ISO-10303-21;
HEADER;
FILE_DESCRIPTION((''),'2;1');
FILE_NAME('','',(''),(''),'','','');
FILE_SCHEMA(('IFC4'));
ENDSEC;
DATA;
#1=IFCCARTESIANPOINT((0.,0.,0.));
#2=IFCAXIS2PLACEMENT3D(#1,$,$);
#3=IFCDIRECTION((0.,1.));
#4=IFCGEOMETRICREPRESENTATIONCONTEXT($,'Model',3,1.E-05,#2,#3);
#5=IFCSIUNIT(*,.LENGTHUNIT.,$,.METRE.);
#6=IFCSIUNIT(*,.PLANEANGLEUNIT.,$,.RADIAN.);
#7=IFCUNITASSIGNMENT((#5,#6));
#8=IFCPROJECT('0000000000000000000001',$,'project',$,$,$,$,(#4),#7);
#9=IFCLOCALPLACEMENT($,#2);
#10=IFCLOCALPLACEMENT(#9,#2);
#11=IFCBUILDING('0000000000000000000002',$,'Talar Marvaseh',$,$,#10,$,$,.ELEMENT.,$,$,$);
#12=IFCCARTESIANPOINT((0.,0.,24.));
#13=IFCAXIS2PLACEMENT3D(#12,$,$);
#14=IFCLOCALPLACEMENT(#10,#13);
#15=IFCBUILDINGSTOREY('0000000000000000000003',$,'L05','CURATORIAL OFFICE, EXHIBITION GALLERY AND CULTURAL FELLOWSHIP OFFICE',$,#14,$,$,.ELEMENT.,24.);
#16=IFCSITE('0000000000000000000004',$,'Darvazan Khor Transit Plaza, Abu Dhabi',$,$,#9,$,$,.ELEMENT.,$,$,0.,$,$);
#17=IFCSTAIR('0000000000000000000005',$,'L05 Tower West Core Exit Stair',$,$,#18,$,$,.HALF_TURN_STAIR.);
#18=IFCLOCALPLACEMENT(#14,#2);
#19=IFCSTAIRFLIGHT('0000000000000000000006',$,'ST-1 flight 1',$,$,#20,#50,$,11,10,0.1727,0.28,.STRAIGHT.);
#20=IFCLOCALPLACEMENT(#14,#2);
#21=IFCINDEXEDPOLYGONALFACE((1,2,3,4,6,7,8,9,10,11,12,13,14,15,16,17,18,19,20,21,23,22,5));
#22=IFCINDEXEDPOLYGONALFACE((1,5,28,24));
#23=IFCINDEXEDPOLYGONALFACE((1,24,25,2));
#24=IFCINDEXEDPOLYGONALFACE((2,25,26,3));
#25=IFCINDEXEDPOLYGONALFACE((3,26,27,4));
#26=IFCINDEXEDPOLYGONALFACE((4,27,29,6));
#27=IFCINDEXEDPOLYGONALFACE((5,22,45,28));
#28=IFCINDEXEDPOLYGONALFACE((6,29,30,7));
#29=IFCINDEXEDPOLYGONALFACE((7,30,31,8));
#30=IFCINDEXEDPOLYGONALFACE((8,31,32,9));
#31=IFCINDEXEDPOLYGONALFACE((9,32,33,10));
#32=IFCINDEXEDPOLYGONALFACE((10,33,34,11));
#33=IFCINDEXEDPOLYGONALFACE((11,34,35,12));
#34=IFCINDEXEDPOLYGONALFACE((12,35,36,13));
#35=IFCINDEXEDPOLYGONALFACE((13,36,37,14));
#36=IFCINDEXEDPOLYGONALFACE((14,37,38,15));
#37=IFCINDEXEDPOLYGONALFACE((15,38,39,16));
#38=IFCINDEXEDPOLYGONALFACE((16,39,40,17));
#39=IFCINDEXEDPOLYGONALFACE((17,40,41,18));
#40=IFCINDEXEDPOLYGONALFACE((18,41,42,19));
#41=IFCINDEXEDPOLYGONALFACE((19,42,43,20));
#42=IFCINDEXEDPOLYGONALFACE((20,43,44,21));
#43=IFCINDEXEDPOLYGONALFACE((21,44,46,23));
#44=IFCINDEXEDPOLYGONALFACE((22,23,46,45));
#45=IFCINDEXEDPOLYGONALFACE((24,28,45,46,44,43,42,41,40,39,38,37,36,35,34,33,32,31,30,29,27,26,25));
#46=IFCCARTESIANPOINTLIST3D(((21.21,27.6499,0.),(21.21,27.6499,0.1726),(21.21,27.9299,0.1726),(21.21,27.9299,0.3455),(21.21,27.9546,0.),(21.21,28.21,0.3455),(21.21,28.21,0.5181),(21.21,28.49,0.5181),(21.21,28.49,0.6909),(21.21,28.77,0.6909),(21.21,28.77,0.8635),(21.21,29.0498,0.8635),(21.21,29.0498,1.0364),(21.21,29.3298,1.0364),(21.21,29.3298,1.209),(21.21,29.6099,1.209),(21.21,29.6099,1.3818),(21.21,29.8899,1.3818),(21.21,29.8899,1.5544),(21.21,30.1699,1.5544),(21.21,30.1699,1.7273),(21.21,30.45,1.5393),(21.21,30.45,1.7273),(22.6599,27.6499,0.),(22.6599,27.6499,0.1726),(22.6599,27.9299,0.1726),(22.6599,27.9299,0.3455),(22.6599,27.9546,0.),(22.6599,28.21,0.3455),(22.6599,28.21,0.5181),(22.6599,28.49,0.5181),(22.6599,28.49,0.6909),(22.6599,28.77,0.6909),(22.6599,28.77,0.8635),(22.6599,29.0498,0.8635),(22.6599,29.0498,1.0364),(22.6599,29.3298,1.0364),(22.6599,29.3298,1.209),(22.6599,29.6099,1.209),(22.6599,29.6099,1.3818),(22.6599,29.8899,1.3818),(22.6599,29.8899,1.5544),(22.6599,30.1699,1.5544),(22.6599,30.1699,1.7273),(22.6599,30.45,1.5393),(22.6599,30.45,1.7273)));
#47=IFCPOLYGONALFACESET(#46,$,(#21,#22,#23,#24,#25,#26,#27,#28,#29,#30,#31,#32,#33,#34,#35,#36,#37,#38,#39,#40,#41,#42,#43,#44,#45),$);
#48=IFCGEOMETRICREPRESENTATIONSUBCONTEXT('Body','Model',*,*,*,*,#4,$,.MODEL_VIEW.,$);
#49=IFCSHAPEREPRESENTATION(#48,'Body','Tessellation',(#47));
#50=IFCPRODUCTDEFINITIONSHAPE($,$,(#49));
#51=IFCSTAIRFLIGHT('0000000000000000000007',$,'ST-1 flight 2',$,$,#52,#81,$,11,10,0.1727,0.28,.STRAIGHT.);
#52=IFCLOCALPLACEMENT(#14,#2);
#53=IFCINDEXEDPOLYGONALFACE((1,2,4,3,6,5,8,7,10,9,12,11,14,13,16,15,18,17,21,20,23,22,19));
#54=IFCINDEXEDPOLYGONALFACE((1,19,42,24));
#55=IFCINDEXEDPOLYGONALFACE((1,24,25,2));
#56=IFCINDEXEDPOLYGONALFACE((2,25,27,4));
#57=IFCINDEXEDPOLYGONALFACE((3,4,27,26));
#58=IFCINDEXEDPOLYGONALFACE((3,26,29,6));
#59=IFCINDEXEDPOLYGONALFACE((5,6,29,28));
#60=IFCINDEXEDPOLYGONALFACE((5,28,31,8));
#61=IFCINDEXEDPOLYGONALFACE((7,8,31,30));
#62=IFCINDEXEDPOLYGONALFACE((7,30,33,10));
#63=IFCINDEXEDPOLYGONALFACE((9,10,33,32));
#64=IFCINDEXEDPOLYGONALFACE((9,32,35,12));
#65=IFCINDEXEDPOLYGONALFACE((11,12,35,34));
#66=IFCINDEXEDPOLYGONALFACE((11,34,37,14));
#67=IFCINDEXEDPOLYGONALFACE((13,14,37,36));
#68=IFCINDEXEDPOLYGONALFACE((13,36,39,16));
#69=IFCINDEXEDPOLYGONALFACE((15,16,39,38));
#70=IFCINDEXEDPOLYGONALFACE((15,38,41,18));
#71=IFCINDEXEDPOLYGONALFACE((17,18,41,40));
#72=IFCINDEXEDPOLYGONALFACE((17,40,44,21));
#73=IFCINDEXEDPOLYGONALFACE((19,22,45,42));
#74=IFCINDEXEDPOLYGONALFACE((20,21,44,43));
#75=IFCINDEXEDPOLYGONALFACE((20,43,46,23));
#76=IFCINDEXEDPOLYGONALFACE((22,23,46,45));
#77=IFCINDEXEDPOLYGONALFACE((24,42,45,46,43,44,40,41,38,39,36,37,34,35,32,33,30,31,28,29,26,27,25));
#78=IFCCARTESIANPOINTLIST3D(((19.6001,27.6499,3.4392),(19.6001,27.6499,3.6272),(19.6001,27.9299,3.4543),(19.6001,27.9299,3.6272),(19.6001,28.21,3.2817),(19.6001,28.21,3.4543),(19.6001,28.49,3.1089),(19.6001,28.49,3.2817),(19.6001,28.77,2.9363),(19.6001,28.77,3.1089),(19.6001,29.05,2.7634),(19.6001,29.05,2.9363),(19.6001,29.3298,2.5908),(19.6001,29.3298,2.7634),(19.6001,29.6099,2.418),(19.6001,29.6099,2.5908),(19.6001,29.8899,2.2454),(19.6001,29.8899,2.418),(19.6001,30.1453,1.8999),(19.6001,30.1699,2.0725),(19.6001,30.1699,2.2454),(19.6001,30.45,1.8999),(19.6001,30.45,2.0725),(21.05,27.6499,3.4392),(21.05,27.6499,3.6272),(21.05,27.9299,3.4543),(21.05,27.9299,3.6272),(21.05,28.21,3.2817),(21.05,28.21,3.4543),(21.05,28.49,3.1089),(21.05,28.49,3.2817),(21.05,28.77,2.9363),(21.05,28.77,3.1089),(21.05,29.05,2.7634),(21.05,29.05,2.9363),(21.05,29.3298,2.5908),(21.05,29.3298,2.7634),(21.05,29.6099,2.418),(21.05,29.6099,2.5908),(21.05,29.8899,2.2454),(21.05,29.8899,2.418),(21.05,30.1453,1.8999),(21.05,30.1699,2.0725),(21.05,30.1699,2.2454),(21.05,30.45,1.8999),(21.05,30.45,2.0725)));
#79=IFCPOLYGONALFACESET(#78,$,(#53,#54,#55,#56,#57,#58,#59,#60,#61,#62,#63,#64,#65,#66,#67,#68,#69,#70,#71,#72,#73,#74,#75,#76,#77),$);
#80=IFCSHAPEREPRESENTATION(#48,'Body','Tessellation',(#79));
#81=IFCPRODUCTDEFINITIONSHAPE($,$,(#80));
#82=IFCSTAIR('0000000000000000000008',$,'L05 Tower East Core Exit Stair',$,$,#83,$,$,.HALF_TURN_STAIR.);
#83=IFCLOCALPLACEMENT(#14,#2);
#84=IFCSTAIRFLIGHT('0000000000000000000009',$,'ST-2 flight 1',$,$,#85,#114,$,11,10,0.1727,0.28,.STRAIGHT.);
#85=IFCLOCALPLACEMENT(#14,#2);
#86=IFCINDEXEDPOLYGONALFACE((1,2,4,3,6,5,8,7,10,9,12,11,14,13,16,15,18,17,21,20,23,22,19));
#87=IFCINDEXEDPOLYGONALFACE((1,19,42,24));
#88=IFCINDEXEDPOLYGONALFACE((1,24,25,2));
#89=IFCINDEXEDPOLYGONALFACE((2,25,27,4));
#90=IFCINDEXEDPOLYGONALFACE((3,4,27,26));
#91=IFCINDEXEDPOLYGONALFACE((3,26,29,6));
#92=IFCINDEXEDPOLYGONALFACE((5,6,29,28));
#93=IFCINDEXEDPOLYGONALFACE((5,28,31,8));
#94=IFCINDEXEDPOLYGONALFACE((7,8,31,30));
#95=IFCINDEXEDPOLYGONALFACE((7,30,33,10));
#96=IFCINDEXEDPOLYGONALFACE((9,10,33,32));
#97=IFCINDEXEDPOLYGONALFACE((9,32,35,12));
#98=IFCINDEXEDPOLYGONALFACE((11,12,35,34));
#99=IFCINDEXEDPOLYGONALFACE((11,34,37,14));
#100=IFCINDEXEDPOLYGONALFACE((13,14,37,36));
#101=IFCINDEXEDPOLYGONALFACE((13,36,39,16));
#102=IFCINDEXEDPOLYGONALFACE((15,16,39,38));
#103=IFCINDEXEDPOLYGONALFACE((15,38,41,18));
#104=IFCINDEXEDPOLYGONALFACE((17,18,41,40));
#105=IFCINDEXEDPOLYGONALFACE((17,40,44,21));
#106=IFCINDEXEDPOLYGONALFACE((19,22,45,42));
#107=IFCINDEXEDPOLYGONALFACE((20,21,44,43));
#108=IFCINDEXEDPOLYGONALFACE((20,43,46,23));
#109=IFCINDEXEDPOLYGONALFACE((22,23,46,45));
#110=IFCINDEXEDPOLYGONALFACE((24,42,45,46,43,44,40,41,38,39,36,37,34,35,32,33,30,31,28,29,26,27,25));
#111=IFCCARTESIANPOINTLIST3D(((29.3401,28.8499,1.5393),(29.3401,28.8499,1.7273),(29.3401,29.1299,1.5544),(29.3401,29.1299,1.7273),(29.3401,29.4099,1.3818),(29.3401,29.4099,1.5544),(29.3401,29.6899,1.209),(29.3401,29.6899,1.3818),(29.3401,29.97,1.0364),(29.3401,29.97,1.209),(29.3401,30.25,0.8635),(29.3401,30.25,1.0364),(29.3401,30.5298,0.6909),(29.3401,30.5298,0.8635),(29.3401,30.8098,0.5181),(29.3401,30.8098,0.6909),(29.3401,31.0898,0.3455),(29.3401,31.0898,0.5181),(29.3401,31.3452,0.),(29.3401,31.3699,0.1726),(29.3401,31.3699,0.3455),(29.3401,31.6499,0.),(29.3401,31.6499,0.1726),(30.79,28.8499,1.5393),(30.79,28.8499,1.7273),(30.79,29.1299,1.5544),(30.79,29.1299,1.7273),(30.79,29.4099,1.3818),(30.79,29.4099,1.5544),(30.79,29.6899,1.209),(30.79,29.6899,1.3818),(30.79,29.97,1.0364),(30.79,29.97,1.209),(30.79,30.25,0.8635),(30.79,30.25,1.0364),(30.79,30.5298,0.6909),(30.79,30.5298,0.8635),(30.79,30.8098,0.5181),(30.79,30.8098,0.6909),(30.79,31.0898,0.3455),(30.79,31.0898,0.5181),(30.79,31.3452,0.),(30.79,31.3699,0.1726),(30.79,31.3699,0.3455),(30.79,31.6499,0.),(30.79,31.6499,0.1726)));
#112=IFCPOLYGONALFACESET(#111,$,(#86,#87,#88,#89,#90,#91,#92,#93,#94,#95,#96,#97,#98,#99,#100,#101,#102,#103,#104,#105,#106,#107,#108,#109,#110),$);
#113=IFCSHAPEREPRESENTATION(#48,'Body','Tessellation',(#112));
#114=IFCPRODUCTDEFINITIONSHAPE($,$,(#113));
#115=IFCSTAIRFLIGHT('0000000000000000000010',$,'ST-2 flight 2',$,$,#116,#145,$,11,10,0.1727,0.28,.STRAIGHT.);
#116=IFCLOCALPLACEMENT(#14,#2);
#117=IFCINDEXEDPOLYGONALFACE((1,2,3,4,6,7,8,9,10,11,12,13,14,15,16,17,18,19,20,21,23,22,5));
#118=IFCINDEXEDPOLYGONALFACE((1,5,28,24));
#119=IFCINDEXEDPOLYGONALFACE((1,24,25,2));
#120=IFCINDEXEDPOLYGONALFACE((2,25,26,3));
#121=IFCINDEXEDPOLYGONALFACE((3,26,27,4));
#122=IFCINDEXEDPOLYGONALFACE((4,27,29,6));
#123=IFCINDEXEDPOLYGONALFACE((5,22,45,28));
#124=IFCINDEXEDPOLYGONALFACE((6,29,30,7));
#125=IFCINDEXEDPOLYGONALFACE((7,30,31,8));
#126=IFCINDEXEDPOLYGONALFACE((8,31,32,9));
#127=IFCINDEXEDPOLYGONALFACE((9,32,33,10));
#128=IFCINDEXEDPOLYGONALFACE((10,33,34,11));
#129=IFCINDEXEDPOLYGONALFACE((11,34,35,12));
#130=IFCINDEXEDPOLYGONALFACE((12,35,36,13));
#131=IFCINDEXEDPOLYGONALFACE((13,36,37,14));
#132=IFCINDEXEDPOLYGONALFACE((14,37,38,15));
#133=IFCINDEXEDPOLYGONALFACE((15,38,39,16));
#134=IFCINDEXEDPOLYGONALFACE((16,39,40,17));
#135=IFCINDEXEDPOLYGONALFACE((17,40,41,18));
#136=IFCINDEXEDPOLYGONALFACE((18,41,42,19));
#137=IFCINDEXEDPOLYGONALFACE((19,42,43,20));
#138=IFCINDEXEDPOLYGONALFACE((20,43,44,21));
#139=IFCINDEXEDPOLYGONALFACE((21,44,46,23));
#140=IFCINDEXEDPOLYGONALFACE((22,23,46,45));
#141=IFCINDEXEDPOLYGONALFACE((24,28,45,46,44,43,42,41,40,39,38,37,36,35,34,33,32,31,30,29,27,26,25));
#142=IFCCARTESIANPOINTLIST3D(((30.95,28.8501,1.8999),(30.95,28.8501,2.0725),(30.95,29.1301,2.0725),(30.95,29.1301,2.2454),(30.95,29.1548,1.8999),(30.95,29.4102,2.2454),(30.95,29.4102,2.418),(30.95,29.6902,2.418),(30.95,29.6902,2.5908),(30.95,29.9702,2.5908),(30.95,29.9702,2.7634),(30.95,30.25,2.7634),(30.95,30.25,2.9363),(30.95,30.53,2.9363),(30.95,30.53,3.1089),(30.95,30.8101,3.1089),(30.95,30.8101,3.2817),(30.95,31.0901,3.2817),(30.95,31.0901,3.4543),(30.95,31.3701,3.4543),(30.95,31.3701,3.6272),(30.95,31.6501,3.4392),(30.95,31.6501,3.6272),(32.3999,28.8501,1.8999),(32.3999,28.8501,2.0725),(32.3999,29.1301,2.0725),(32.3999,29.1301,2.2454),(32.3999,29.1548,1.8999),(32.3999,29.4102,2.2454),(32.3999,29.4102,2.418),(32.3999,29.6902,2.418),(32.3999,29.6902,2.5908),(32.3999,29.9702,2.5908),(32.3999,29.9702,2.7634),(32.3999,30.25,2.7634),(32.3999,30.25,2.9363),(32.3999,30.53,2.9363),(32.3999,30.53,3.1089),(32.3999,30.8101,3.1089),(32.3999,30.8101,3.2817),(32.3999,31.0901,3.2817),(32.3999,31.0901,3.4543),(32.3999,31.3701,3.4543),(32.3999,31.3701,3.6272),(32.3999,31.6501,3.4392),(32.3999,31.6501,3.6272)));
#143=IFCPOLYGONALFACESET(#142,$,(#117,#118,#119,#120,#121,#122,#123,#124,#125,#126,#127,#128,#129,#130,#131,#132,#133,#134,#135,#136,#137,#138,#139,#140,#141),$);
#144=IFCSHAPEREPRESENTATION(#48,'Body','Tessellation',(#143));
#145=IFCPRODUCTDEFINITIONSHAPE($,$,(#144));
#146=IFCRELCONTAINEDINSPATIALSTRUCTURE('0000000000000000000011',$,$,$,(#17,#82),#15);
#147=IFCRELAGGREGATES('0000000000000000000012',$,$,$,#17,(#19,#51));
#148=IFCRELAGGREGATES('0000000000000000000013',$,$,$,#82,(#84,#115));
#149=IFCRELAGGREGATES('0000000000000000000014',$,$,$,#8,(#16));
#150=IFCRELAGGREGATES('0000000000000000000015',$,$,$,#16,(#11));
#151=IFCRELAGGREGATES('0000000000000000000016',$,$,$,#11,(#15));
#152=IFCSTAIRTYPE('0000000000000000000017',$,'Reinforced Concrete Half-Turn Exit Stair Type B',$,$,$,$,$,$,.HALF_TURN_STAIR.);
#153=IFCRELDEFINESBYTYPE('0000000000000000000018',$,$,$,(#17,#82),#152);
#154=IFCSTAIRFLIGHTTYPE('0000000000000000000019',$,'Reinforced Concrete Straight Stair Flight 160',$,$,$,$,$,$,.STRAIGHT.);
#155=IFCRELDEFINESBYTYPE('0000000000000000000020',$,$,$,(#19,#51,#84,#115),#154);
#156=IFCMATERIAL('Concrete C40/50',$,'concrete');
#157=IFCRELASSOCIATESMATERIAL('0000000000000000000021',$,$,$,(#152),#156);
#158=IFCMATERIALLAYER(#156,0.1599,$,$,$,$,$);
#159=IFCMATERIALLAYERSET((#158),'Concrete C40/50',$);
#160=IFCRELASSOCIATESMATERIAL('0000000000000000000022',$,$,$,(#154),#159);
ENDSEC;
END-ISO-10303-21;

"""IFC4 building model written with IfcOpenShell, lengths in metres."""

from ifc_helpers import new_model, si_unit, direction, frame, origin, place, context, subcontext, project, spatial, polyline, outline, extrude, material, layer, layer_set, type_object, element, aggregate, save


model = new_model("IFC4")

# Units and contexts
model_context = context("Model", 3, precision=1e-05, world=origin(), true_north=direction((0.0, 1.0)))
body_context = subcontext(model_context, "Body", "Model", "MODEL_VIEW")
ifc_project = project(units=[si_unit("LENGTHUNIT", "METRE"), si_unit("PLANEANGLEUNIT", "RADIAN")], contexts=[model_context])

# Site, building, storey
site_placement = place(None, origin())
site = spatial("IfcSite", under=ifc_project, at=site_placement, Name="Darvazan Khor Transit Plaza, Abu Dhabi", CompositionType="ELEMENT", RefElevation=0.0)
building_placement = place(site_placement, origin())
building = spatial("IfcBuilding", under=site, at=building_placement, Name="Talar Marvaseh", CompositionType="ELEMENT")
storey_placement = place(building_placement, frame((0.0, 0.0, 24.0)))
storey = spatial("IfcBuildingStorey", under=building, at=storey_placement, Name="L05", Description="CURATORIAL OFFICE, EXHIBITION GALLERY AND CULTURAL FELLOWSHIP OFFICE", CompositionType="ELEMENT", Elevation=24.0)

# Shared definitions
ifc_material_1 = material(Name="Concrete C40/50", Category="concrete")

# Stairs, stair flights
stair_type = type_object("IfcStairType", Name="Reinforced Concrete Half-Turn Exit Stair Type B", PredefinedType="HALF_TURN_STAIR", material=ifc_material_1)
stair_1_placement = place(storey_placement, origin())
stair_1 = element("IfcStair", 1, at=stair_1_placement, inside=storey, type_object=stair_type, Name="L05 Tower West Core Exit Stair", PredefinedType="HALF_TURN_STAIR")
ifc_layer_1 = layer(ifc_material_1, 0.1599)
ifc_layer_set_1 = layer_set([ifc_layer_1], Name="Concrete C40/50")
stair_flight_type = type_object("IfcStairFlightType", Name="Reinforced Concrete Straight Stair Flight 160", PredefinedType="STRAIGHT", material=ifc_layer_set_1)
stair_flight_1_placement = place(storey_placement, frame((21.9351, 27.6499, 0.0), z_axis=(0.0, 0.0, 1.0), x_axis=(0.0, 1.0, 0.0)))
stair_flight_1 = element("IfcStairFlight", 2, at=stair_flight_1_placement, type_object=stair_flight_type, Name="ST-1 flight 1", NumberOfRisers=11, NumberOfTreads=10, PredefinedType="STRAIGHT", RiserHeight=0.1727, TreadLength=0.28, context=body_context, shape_type="SweptSolid", body=[
    extrude(outline(polyline([(0.0, 0.0), (0.0, 0.1726), (0.28, 0.1726), (0.28, 0.3455), (0.5601, 0.3455), (0.5601, 0.5181), (0.8401, 0.5181), (0.8401, 0.6909), (1.1201, 0.6909), (1.1201, 0.8635), (1.3999, 0.8635), (1.3999, 1.0364), (1.6799, 1.0364), (1.6799, 1.209), (1.96, 1.209), (1.96, 1.3818), (2.24, 1.3818), (2.24, 1.5544), (2.52, 1.5544), (2.52, 1.7273), (2.8, 1.7273), (2.8, 1.8999), (2.8, 1.5393), (0.3047, 0.0), (0.0, 0.0)])), frame((0.0, 0.7251, 0.0), z_axis=(0.0, -1.0, 0.0), x_axis=(1.0, 0.0, 0.0)), (0.0, 0.0, 1.0), 1.45),
])
stair_flight_2_placement = place(storey_placement, frame((20.325, 30.45, 1.8999), z_axis=(0.0, 0.0, 1.0), x_axis=(0.0, -1.0, 0.0)))
stair_flight_2 = element("IfcStairFlight", 3, at=stair_flight_2_placement, type_object=stair_flight_type, Name="ST-1 flight 2", NumberOfRisers=11, NumberOfTreads=10, PredefinedType="STRAIGHT", RiserHeight=0.1727, TreadLength=0.28, context=body_context, shape_type="SweptSolid", body=[
    extrude(outline(polyline([(0.0, 0.0), (0.0, 0.1726), (0.28, 0.1726), (0.28, 0.3455), (0.5601, 0.3455), (0.5601, 0.5181), (0.8401, 0.5181), (0.8401, 0.6909), (1.1201, 0.6909), (1.1201, 0.8635), (1.3999, 0.8635), (1.3999, 1.0364), (1.6799, 1.0364), (1.6799, 1.209), (1.96, 1.209), (1.96, 1.3818), (2.24, 1.3818), (2.24, 1.5544), (2.52, 1.5544), (2.52, 1.7273), (2.8, 1.7273), (2.8, 1.8999), (2.8, 1.5393), (0.3047, 0.0), (0.0, 0.0)])), frame((0.0, 0.7251, 0.0), z_axis=(0.0, -1.0, 0.0), x_axis=(1.0, 0.0, 0.0)), (0.0, 0.0, 1.0), 1.45),
])
aggregate(stair_1, [stair_flight_1, stair_flight_2])
stair_2_placement = place(storey_placement, origin())
stair_2 = element("IfcStair", 4, at=stair_2_placement, inside=storey, type_object=stair_type, Name="L05 Tower East Core Exit Stair", PredefinedType="HALF_TURN_STAIR")
stair_flight_3_placement = place(storey_placement, frame((30.0649, 31.6499, 0.0), z_axis=(0.0, 0.0, 1.0), x_axis=(0.0, -1.0, 0.0)))
stair_flight_3 = element("IfcStairFlight", 5, at=stair_flight_3_placement, type_object=stair_flight_type, Name="ST-2 flight 1", NumberOfRisers=11, NumberOfTreads=10, PredefinedType="STRAIGHT", RiserHeight=0.1727, TreadLength=0.28, context=body_context, shape_type="SweptSolid", body=[
    extrude(outline(polyline([(0.0, 0.0), (0.0, 0.1726), (0.28, 0.1726), (0.28, 0.3455), (0.5601, 0.3455), (0.5601, 0.5181), (0.8401, 0.5181), (0.8401, 0.6909), (1.1201, 0.6909), (1.1201, 0.8635), (1.3999, 0.8635), (1.3999, 1.0364), (1.6799, 1.0364), (1.6799, 1.209), (1.96, 1.209), (1.96, 1.3818), (2.24, 1.3818), (2.24, 1.5544), (2.52, 1.5544), (2.52, 1.7273), (2.8, 1.7273), (2.8, 1.8999), (2.8, 1.5393), (0.3047, 0.0), (0.0, 0.0)])), frame((0.0, 0.7251, 0.0), z_axis=(0.0, -1.0, 0.0), x_axis=(1.0, 0.0, 0.0)), (0.0, 0.0, 1.0), 1.45),
])
stair_flight_4_placement = place(storey_placement, frame((31.675, 28.8501, 1.8999), z_axis=(0.0, 0.0, 1.0), x_axis=(0.0, 1.0, 0.0)))
stair_flight_4 = element("IfcStairFlight", 6, at=stair_flight_4_placement, type_object=stair_flight_type, Name="ST-2 flight 2", NumberOfRisers=11, NumberOfTreads=10, PredefinedType="STRAIGHT", RiserHeight=0.1727, TreadLength=0.28, context=body_context, shape_type="SweptSolid", body=[
    extrude(outline(polyline([(0.0, 0.0), (0.0, 0.1726), (0.28, 0.1726), (0.28, 0.3455), (0.5601, 0.3455), (0.5601, 0.5181), (0.8401, 0.5181), (0.8401, 0.6909), (1.1201, 0.6909), (1.1201, 0.8635), (1.3999, 0.8635), (1.3999, 1.0364), (1.6799, 1.0364), (1.6799, 1.209), (1.96, 1.209), (1.96, 1.3818), (2.24, 1.3818), (2.24, 1.5544), (2.52, 1.5544), (2.52, 1.7273), (2.8, 1.7273), (2.8, 1.8999), (2.8, 1.5393), (0.3047, 0.0), (0.0, 0.0)])), frame((0.0, 0.7251, 0.0), z_axis=(0.0, -1.0, 0.0), x_axis=(1.0, 0.0, 0.0)), (0.0, 0.0, 1.0), 1.45),
])
aggregate(stair_2, [stair_flight_3, stair_flight_4])

save(model, "model.ifc")
